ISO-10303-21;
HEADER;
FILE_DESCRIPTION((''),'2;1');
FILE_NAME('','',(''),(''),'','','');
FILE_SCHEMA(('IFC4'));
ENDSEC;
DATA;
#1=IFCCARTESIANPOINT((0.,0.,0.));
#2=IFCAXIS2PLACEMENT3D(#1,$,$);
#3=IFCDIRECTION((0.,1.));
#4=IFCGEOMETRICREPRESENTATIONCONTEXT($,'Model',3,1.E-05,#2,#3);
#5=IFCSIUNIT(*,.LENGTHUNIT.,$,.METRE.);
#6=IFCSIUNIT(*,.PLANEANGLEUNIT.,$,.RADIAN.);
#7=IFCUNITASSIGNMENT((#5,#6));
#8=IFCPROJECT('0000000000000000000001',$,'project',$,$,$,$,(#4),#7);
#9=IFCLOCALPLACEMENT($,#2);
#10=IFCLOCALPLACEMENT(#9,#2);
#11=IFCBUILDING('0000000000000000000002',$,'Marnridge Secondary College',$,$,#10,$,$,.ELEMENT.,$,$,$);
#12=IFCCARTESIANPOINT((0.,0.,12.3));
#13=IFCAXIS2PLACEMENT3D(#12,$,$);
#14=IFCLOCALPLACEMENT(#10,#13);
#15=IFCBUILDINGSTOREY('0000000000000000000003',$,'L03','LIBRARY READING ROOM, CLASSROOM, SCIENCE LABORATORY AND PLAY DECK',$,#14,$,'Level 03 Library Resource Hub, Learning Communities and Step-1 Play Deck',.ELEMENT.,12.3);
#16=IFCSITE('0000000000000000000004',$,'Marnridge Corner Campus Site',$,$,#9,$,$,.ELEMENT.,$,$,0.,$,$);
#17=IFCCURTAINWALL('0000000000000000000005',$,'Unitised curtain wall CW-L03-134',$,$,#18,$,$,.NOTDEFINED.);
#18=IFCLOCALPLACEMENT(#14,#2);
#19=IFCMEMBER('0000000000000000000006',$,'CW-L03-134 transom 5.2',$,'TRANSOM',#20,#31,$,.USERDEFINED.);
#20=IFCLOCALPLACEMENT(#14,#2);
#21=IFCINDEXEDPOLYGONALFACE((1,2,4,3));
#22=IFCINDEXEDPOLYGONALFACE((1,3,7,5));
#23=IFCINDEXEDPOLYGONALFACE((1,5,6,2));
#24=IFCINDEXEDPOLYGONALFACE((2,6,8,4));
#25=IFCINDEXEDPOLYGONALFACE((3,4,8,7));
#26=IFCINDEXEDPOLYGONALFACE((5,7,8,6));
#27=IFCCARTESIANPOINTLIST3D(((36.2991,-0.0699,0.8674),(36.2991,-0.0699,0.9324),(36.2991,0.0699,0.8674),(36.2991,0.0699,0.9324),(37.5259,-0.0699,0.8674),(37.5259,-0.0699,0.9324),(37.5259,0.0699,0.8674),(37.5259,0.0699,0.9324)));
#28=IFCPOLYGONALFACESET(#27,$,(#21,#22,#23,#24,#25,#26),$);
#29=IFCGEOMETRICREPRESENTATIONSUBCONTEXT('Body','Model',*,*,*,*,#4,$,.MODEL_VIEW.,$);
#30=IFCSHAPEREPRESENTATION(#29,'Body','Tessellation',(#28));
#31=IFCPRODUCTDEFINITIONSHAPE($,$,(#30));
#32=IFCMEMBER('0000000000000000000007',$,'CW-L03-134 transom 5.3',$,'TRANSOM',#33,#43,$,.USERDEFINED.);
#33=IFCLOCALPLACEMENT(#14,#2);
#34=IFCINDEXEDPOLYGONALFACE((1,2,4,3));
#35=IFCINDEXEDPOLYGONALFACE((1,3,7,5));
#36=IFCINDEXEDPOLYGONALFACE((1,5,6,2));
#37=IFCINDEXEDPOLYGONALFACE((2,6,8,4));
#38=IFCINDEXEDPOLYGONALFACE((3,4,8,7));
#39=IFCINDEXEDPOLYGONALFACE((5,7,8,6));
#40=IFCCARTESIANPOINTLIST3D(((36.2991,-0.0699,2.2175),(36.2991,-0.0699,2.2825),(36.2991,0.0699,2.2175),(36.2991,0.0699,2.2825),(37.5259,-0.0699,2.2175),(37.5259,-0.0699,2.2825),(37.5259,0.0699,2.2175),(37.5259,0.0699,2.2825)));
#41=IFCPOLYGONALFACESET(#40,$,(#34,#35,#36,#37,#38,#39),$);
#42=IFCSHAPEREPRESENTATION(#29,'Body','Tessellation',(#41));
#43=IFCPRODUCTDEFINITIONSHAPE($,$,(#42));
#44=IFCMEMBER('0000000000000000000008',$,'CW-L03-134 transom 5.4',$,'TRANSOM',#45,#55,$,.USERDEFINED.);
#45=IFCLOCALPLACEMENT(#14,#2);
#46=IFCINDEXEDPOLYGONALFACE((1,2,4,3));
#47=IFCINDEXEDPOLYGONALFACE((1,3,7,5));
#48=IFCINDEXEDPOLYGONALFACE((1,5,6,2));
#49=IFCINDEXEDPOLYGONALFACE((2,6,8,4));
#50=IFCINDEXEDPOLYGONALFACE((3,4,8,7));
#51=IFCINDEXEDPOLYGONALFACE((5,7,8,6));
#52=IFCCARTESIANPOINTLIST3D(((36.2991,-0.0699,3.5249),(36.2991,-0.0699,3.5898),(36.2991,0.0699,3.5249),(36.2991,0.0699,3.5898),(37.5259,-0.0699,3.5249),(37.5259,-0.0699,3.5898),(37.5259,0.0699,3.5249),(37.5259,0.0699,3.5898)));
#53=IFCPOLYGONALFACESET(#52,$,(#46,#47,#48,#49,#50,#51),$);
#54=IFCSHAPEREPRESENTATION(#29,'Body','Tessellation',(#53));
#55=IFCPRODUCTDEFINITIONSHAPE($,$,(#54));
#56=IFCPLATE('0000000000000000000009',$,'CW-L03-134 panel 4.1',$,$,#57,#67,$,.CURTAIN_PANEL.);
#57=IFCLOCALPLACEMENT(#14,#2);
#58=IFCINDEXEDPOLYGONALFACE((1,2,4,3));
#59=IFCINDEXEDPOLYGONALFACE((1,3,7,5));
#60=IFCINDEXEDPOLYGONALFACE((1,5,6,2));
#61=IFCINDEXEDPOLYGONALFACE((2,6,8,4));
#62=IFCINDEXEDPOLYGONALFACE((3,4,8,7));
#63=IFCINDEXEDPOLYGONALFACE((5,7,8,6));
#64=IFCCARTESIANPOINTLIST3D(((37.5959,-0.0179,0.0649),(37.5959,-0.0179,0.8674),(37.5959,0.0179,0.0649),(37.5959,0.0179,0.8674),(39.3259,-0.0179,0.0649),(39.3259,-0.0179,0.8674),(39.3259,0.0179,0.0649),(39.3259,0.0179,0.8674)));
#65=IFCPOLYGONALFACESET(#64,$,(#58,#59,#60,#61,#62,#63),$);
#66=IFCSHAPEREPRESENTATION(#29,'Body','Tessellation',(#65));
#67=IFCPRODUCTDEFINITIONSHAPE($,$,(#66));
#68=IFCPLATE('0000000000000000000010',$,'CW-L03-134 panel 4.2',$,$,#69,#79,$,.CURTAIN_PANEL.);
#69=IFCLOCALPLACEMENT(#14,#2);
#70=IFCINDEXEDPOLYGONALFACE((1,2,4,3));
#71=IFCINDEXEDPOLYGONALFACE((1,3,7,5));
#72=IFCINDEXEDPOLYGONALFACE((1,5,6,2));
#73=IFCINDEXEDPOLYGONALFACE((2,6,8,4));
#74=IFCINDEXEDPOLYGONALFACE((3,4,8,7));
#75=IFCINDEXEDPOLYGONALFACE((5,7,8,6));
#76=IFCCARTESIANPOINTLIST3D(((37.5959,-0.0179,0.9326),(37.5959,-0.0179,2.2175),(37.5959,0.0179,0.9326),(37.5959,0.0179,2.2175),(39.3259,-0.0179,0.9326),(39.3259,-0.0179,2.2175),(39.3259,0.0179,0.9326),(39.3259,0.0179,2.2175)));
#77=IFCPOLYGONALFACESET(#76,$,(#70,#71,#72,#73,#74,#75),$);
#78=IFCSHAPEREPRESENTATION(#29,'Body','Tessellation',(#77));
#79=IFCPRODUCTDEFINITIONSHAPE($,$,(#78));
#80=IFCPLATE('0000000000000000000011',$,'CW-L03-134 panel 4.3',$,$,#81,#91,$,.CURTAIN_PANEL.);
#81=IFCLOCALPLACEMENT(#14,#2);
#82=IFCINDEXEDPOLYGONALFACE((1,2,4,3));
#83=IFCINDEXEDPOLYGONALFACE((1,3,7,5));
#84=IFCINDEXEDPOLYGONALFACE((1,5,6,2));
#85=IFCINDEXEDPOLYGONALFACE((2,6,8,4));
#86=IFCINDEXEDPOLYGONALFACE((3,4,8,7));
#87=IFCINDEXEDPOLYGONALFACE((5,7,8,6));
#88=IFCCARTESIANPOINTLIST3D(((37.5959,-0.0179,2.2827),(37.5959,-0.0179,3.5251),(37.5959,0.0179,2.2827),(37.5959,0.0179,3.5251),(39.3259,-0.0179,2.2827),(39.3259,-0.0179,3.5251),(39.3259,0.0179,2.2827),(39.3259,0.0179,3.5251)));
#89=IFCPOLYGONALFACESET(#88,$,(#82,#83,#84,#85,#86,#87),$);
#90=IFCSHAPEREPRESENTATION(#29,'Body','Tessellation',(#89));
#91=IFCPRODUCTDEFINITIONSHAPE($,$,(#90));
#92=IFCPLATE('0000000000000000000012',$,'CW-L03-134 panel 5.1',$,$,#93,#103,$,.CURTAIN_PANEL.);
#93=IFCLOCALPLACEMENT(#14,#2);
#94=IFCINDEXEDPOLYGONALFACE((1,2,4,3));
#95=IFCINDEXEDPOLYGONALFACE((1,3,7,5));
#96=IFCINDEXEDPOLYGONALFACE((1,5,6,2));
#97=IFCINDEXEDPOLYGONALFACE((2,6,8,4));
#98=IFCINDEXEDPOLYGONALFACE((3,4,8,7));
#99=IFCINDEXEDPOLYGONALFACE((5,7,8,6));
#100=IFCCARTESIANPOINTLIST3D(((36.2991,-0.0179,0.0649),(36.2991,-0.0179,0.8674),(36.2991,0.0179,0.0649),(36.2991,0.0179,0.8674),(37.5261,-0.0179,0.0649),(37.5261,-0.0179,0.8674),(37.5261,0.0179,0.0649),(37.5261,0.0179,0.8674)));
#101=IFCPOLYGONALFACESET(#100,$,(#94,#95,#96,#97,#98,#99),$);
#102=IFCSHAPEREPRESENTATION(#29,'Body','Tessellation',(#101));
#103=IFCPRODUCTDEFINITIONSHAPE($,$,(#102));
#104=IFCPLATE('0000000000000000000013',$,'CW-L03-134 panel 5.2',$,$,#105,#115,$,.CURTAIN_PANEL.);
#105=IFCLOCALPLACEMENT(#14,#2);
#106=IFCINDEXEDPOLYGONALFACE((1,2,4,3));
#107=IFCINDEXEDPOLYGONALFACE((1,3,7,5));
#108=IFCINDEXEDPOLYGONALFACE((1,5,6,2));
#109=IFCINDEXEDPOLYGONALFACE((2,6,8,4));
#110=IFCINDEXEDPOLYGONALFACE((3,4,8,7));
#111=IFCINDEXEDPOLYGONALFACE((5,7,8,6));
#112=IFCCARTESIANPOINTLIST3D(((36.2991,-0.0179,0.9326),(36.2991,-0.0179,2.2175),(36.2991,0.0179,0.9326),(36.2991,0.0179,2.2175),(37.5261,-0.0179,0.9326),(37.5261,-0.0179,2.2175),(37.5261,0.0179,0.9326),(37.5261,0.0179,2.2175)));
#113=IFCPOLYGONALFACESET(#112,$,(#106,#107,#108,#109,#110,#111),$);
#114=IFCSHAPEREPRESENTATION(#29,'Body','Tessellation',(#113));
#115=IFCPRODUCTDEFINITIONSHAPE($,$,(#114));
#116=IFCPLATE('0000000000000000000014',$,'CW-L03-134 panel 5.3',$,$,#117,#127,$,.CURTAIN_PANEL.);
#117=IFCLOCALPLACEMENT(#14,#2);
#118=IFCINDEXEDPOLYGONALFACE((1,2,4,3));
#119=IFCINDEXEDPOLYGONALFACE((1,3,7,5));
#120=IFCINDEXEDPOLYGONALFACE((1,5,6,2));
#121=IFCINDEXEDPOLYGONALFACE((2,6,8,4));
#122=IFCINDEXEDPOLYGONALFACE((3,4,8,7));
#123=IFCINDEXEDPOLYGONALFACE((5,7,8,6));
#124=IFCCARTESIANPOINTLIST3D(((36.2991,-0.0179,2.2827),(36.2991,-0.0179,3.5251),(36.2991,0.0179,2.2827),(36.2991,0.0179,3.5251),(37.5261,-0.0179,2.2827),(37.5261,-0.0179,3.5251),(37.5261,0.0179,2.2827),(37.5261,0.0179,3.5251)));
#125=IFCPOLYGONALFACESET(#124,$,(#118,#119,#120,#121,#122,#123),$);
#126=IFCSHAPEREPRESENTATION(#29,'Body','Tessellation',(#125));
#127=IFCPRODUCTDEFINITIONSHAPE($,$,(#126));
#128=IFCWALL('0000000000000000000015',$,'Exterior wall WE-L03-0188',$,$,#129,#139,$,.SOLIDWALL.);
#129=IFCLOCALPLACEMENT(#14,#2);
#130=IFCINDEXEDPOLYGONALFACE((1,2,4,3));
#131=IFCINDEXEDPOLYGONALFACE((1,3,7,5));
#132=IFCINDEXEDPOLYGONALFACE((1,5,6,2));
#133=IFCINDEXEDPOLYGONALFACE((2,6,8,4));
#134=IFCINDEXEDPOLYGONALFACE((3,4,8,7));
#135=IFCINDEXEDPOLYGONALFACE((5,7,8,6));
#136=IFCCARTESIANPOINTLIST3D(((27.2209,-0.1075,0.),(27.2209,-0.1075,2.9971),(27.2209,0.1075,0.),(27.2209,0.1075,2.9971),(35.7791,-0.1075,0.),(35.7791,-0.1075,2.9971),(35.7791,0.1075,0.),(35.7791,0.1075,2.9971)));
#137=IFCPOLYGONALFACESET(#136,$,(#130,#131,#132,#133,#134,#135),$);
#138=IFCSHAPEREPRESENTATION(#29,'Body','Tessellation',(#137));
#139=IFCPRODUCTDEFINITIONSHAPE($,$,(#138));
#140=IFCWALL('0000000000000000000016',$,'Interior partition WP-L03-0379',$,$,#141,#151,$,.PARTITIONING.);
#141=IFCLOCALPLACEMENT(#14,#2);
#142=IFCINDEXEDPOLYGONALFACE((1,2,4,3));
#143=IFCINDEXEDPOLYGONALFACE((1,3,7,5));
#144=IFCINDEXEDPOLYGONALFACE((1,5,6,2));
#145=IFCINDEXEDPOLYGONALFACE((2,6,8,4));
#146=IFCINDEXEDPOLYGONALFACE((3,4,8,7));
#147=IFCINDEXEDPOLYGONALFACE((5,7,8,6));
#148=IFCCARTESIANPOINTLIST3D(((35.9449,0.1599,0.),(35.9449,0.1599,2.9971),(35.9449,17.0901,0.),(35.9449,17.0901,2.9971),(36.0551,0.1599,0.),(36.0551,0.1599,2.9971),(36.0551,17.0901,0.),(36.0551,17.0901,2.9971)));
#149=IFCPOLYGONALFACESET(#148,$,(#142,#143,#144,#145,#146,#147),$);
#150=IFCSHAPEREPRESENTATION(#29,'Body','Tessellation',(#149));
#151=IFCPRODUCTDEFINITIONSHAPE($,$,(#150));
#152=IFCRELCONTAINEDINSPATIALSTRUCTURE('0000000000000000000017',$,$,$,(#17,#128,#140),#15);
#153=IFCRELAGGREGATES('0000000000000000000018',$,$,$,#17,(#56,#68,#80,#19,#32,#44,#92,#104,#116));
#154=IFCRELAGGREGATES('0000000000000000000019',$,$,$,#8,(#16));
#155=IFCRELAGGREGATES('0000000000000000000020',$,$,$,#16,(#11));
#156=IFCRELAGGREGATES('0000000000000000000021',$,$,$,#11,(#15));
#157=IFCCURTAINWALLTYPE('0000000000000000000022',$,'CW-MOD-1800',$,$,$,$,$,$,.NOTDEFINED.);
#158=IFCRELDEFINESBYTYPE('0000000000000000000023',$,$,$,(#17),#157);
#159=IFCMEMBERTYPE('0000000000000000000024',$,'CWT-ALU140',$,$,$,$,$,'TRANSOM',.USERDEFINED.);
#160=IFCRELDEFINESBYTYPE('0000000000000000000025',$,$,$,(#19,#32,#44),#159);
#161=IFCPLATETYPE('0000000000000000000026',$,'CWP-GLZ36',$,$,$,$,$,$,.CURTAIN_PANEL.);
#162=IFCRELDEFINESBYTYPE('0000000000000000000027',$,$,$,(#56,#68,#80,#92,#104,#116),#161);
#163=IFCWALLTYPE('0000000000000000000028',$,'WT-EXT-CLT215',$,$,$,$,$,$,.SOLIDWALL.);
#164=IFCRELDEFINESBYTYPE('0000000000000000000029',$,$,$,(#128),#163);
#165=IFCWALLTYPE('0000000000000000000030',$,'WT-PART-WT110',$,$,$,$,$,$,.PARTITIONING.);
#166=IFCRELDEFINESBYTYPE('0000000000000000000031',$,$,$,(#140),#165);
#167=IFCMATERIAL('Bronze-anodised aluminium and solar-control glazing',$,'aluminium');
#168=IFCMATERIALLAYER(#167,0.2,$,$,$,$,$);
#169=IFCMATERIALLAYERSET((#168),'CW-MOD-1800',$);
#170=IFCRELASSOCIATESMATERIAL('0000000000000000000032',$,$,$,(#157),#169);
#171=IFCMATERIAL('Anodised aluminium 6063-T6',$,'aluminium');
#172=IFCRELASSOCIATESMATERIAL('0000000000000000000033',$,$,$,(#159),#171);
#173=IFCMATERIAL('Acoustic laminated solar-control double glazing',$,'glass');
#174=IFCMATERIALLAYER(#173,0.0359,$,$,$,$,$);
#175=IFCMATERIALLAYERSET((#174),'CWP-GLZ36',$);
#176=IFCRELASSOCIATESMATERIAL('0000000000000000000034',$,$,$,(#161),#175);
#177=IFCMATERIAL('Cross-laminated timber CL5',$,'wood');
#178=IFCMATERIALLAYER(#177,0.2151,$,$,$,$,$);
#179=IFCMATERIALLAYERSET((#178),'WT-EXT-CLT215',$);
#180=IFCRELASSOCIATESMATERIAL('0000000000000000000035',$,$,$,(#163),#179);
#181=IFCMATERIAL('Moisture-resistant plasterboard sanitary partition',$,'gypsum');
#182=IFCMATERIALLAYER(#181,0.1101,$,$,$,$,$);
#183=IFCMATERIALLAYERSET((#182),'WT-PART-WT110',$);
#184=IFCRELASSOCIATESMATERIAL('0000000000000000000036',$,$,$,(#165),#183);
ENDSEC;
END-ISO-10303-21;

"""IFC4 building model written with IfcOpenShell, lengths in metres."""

from ifc_helpers import new_model, si_unit, direction, frame, frame_2d, origin, origin_2d, place, context, subcontext, project, spatial, rectangle, extrude, material, layer, layer_set, material_profile, profile_set, type_object, element, aggregate, save


model = new_model("IFC4")

# Units and contexts
model_context = context("Model", 3, precision=1e-05, world=origin(), true_north=direction((0.0, 1.0)))
body_context = subcontext(model_context, "Body", "Model", "MODEL_VIEW")
ifc_project = project(units=[si_unit("LENGTHUNIT", "METRE"), si_unit("PLANEANGLEUNIT", "RADIAN")], contexts=[model_context])

# Site, building, storey
site_placement = place(None, origin())
site = spatial("IfcSite", under=ifc_project, at=site_placement, Name="Marnridge Corner Campus Site", CompositionType="ELEMENT", RefElevation=0.0)
building_placement = place(site_placement, origin())
building = spatial("IfcBuilding", under=site, at=building_placement, Name="Marnridge Secondary College", CompositionType="ELEMENT")
storey_placement = place(building_placement, frame((0.0, 0.0, 12.3)))
storey = spatial("IfcBuildingStorey", under=building, at=storey_placement, Name="L03", Description="LIBRARY READING ROOM, CLASSROOM, SCIENCE LABORATORY AND PLAY DECK", LongName="Level 03 Library Resource Hub, Learning Communities and Step-1 Play Deck", CompositionType="ELEMENT", Elevation=12.3)

# Curtain wall, members, plates
ifc_material_1 = material(Name="Bronze-anodised aluminium and solar-control glazing", Category="aluminium")
ifc_layer_1 = layer(ifc_material_1, 0.2)
ifc_layer_set_1 = layer_set([ifc_layer_1], Name="CW-MOD-1800")
curtain_wall_type = type_object("IfcCurtainWallType", Name="CW-MOD-1800", PredefinedType="NOTDEFINED", material=ifc_layer_set_1)
curtain_wall_placement = place(storey_placement, origin())
curtain_wall = element("IfcCurtainWall", 1, at=curtain_wall_placement, inside=storey, type_object=curtain_wall_type, Name="Unitised curtain wall CW-L03-134", PredefinedType="NOTDEFINED")
ifc_material_2 = material(Name="Anodised aluminium 6063-T6", Category="aluminium")
ifc_material_profile_1 = material_profile(ifc_material_2, rectangle(XDim=0.0649, YDim=0.1399, at=origin_2d()), Name="ALU 65x140")
ifc_profile_set_1 = profile_set([ifc_material_profile_1], Name="Anodised aluminium 6063-T6")
member_type_1 = type_object("IfcMemberType", Name="CWT-ALU140", ElementType="TRANSOM", PredefinedType="USERDEFINED", material=ifc_profile_set_1)
member_1_placement = place(storey_placement, frame((37.5259, 0.0, 0.8999), z_axis=(-1.0, 0.0, 0.0), x_axis=(0.0, 0.0, 1.0)))
member_1 = element("IfcMember", 2, at=member_1_placement, type_object=member_type_1, Name="CW-L03-134 transom 5.2", ObjectType="TRANSOM", PredefinedType="USERDEFINED", context=body_context, shape_type="SweptSolid", body=[
    extrude(rectangle(XDim=0.0649, YDim=0.1399, at=origin_2d()), origin(), (0.0, 0.0, 1.0), 1.2268),
])
member_2_placement = place(storey_placement, frame((37.5259, 0.0, 2.25), z_axis=(-1.0, 0.0, 0.0), x_axis=(0.0, 0.0, 1.0)))
member_2 = element("IfcMember", 3, at=member_2_placement, type_object=member_type_1, Name="CW-L03-134 transom 5.3", ObjectType="TRANSOM", PredefinedType="USERDEFINED", context=body_context, shape_type="SweptSolid", body=[
    extrude(rectangle(XDim=0.0649, YDim=0.1399, at=origin_2d()), origin(), (0.0, 0.0, 1.0), 1.2268),
])
member_3_placement = place(storey_placement, frame((37.5259, 0.0, 3.5574), z_axis=(-1.0, 0.0, 0.0), x_axis=(0.0, 0.0, 1.0)))
member_3 = element("IfcMember", 4, at=member_3_placement, type_object=member_type_1, Name="CW-L03-134 transom 5.4", ObjectType="TRANSOM", PredefinedType="USERDEFINED", context=body_context, shape_type="SweptSolid", body=[
    extrude(rectangle(XDim=0.0649, YDim=0.1399, at=origin_2d()), origin(), (0.0, 0.0, 1.0), 1.2268),
])
ifc_material_3 = material(Name="Acoustic laminated solar-control double glazing", Category="glass")
ifc_layer_2 = layer(ifc_material_3, 0.0359)
ifc_layer_set_2 = layer_set([ifc_layer_2], Name="CWP-GLZ36")
plate_type = type_object("IfcPlateType", Name="CWP-GLZ36", PredefinedType="CURTAIN_PANEL", material=ifc_layer_set_2)
plate_1_placement = place(storey_placement, frame((38.4609, 0.0, 0.0649), z_axis=(0.0, 0.0, 1.0), x_axis=(-1.0, 0.0, 0.0)))
plate_1 = element("IfcPlate", 5, at=plate_1_placement, type_object=plate_type, Name="CW-L03-134 panel 4.1", PredefinedType="CURTAIN_PANEL", context=body_context, shape_type="SweptSolid", body=[
    extrude(rectangle(XDim=1.73, YDim=0.0359, at=origin_2d()), origin(), (0.0, 0.0, 1.0), 0.8025),
])
plate_2_placement = place(storey_placement, frame((38.4609, 0.0, 0.9326), z_axis=(0.0, 0.0, 1.0), x_axis=(-1.0, 0.0, 0.0)))
plate_2 = element("IfcPlate", 6, at=plate_2_placement, type_object=plate_type, Name="CW-L03-134 panel 4.2", PredefinedType="CURTAIN_PANEL", context=body_context, shape_type="SweptSolid", body=[
    extrude(rectangle(XDim=1.73, YDim=0.0359, at=origin_2d()), origin(), (0.0, 0.0, 1.0), 1.2849),
])
plate_3_placement = place(storey_placement, frame((38.4609, 0.0, 2.2827), z_axis=(0.0, 0.0, 1.0), x_axis=(-1.0, 0.0, 0.0)))
plate_3 = element("IfcPlate", 7, at=plate_3_placement, type_object=plate_type, Name="CW-L03-134 panel 4.3", PredefinedType="CURTAIN_PANEL", context=body_context, shape_type="SweptSolid", body=[
    extrude(rectangle(XDim=1.73, YDim=0.0359, at=origin_2d()), origin(), (0.0, 0.0, 1.0), 1.2424),
])
plate_4_placement = place(storey_placement, frame((36.9126, 0.0, 0.0649), z_axis=(0.0, 0.0, 1.0), x_axis=(-1.0, 0.0, 0.0)))
plate_4 = element("IfcPlate", 8, at=plate_4_placement, type_object=plate_type, Name="CW-L03-134 panel 5.1", PredefinedType="CURTAIN_PANEL", context=body_context, shape_type="SweptSolid", body=[
    extrude(rectangle(XDim=1.2271, YDim=0.0359, at=origin_2d()), origin(), (0.0, 0.0, 1.0), 0.8025),
])
plate_5_placement = place(storey_placement, frame((36.9126, 0.0, 0.9326), z_axis=(0.0, 0.0, 1.0), x_axis=(-1.0, 0.0, 0.0)))
plate_5 = element("IfcPlate", 9, at=plate_5_placement, type_object=plate_type, Name="CW-L03-134 panel 5.2", PredefinedType="CURTAIN_PANEL", context=body_context, shape_type="SweptSolid", body=[
    extrude(rectangle(XDim=1.2271, YDim=0.0359, at=origin_2d()), origin(), (0.0, 0.0, 1.0), 1.2849),
])
plate_6_placement = place(storey_placement, frame((36.9126, 0.0, 2.2827), z_axis=(0.0, 0.0, 1.0), x_axis=(-1.0, 0.0, 0.0)))
plate_6 = element("IfcPlate", 10, at=plate_6_placement, type_object=plate_type, Name="CW-L03-134 panel 5.3", PredefinedType="CURTAIN_PANEL", context=body_context, shape_type="SweptSolid", body=[
    extrude(rectangle(XDim=1.2271, YDim=0.0359, at=origin_2d()), origin(), (0.0, 0.0, 1.0), 1.2424),
])
aggregate(curtain_wall, [plate_1, plate_2, plate_3, member_1, member_2, member_3, plate_4, plate_5, plate_6])

# Walls
ifc_material_4 = material(Name="Cross-laminated timber CL5", Category="wood")
ifc_layer_3 = layer(ifc_material_4, 0.2151)
ifc_layer_set_3 = layer_set([ifc_layer_3], Name="WT-EXT-CLT215")
wall_type_1 = type_object("IfcWallType", Name="WT-EXT-CLT215", PredefinedType="SOLIDWALL", material=ifc_layer_set_3)
wall_1_placement = place(storey_placement, frame((35.7791, 0.0, 0.0), z_axis=(0.0, 0.0, 1.0), x_axis=(-1.0, 0.0, 0.0)))
element("IfcWall", 11, at=wall_1_placement, inside=storey, type_object=wall_type_1, Name="Exterior wall WE-L03-0188", PredefinedType="SOLIDWALL", context=body_context, shape_type="SweptSolid", body=[
    extrude(rectangle(XDim=8.5581, YDim=0.2151, at=frame_2d((4.2791, 0.0))), origin(), (0.0, 0.0, 1.0), 2.9971),
])
ifc_material_5 = material(Name="Moisture-resistant plasterboard sanitary partition", Category="gypsum")
ifc_layer_4 = layer(ifc_material_5, 0.1101)
ifc_layer_set_4 = layer_set([ifc_layer_4], Name="WT-PART-WT110")
wall_type_2 = type_object("IfcWallType", Name="WT-PART-WT110", PredefinedType="PARTITIONING", material=ifc_layer_set_4)
wall_2_placement = place(storey_placement, frame((36.0, 0.1599, 0.0), z_axis=(0.0, 0.0, 1.0), x_axis=(0.0, 1.0, 0.0)))
element("IfcWall", 12, at=wall_2_placement, inside=storey, type_object=wall_type_2, Name="Interior partition WP-L03-0379", PredefinedType="PARTITIONING", context=body_context, shape_type="SweptSolid", body=[
    extrude(rectangle(XDim=16.9302, YDim=0.1101, at=frame_2d((8.4651, 0.0))), origin(), (0.0, 0.0, 1.0), 2.9971),
])

save(model, "model.ifc")
